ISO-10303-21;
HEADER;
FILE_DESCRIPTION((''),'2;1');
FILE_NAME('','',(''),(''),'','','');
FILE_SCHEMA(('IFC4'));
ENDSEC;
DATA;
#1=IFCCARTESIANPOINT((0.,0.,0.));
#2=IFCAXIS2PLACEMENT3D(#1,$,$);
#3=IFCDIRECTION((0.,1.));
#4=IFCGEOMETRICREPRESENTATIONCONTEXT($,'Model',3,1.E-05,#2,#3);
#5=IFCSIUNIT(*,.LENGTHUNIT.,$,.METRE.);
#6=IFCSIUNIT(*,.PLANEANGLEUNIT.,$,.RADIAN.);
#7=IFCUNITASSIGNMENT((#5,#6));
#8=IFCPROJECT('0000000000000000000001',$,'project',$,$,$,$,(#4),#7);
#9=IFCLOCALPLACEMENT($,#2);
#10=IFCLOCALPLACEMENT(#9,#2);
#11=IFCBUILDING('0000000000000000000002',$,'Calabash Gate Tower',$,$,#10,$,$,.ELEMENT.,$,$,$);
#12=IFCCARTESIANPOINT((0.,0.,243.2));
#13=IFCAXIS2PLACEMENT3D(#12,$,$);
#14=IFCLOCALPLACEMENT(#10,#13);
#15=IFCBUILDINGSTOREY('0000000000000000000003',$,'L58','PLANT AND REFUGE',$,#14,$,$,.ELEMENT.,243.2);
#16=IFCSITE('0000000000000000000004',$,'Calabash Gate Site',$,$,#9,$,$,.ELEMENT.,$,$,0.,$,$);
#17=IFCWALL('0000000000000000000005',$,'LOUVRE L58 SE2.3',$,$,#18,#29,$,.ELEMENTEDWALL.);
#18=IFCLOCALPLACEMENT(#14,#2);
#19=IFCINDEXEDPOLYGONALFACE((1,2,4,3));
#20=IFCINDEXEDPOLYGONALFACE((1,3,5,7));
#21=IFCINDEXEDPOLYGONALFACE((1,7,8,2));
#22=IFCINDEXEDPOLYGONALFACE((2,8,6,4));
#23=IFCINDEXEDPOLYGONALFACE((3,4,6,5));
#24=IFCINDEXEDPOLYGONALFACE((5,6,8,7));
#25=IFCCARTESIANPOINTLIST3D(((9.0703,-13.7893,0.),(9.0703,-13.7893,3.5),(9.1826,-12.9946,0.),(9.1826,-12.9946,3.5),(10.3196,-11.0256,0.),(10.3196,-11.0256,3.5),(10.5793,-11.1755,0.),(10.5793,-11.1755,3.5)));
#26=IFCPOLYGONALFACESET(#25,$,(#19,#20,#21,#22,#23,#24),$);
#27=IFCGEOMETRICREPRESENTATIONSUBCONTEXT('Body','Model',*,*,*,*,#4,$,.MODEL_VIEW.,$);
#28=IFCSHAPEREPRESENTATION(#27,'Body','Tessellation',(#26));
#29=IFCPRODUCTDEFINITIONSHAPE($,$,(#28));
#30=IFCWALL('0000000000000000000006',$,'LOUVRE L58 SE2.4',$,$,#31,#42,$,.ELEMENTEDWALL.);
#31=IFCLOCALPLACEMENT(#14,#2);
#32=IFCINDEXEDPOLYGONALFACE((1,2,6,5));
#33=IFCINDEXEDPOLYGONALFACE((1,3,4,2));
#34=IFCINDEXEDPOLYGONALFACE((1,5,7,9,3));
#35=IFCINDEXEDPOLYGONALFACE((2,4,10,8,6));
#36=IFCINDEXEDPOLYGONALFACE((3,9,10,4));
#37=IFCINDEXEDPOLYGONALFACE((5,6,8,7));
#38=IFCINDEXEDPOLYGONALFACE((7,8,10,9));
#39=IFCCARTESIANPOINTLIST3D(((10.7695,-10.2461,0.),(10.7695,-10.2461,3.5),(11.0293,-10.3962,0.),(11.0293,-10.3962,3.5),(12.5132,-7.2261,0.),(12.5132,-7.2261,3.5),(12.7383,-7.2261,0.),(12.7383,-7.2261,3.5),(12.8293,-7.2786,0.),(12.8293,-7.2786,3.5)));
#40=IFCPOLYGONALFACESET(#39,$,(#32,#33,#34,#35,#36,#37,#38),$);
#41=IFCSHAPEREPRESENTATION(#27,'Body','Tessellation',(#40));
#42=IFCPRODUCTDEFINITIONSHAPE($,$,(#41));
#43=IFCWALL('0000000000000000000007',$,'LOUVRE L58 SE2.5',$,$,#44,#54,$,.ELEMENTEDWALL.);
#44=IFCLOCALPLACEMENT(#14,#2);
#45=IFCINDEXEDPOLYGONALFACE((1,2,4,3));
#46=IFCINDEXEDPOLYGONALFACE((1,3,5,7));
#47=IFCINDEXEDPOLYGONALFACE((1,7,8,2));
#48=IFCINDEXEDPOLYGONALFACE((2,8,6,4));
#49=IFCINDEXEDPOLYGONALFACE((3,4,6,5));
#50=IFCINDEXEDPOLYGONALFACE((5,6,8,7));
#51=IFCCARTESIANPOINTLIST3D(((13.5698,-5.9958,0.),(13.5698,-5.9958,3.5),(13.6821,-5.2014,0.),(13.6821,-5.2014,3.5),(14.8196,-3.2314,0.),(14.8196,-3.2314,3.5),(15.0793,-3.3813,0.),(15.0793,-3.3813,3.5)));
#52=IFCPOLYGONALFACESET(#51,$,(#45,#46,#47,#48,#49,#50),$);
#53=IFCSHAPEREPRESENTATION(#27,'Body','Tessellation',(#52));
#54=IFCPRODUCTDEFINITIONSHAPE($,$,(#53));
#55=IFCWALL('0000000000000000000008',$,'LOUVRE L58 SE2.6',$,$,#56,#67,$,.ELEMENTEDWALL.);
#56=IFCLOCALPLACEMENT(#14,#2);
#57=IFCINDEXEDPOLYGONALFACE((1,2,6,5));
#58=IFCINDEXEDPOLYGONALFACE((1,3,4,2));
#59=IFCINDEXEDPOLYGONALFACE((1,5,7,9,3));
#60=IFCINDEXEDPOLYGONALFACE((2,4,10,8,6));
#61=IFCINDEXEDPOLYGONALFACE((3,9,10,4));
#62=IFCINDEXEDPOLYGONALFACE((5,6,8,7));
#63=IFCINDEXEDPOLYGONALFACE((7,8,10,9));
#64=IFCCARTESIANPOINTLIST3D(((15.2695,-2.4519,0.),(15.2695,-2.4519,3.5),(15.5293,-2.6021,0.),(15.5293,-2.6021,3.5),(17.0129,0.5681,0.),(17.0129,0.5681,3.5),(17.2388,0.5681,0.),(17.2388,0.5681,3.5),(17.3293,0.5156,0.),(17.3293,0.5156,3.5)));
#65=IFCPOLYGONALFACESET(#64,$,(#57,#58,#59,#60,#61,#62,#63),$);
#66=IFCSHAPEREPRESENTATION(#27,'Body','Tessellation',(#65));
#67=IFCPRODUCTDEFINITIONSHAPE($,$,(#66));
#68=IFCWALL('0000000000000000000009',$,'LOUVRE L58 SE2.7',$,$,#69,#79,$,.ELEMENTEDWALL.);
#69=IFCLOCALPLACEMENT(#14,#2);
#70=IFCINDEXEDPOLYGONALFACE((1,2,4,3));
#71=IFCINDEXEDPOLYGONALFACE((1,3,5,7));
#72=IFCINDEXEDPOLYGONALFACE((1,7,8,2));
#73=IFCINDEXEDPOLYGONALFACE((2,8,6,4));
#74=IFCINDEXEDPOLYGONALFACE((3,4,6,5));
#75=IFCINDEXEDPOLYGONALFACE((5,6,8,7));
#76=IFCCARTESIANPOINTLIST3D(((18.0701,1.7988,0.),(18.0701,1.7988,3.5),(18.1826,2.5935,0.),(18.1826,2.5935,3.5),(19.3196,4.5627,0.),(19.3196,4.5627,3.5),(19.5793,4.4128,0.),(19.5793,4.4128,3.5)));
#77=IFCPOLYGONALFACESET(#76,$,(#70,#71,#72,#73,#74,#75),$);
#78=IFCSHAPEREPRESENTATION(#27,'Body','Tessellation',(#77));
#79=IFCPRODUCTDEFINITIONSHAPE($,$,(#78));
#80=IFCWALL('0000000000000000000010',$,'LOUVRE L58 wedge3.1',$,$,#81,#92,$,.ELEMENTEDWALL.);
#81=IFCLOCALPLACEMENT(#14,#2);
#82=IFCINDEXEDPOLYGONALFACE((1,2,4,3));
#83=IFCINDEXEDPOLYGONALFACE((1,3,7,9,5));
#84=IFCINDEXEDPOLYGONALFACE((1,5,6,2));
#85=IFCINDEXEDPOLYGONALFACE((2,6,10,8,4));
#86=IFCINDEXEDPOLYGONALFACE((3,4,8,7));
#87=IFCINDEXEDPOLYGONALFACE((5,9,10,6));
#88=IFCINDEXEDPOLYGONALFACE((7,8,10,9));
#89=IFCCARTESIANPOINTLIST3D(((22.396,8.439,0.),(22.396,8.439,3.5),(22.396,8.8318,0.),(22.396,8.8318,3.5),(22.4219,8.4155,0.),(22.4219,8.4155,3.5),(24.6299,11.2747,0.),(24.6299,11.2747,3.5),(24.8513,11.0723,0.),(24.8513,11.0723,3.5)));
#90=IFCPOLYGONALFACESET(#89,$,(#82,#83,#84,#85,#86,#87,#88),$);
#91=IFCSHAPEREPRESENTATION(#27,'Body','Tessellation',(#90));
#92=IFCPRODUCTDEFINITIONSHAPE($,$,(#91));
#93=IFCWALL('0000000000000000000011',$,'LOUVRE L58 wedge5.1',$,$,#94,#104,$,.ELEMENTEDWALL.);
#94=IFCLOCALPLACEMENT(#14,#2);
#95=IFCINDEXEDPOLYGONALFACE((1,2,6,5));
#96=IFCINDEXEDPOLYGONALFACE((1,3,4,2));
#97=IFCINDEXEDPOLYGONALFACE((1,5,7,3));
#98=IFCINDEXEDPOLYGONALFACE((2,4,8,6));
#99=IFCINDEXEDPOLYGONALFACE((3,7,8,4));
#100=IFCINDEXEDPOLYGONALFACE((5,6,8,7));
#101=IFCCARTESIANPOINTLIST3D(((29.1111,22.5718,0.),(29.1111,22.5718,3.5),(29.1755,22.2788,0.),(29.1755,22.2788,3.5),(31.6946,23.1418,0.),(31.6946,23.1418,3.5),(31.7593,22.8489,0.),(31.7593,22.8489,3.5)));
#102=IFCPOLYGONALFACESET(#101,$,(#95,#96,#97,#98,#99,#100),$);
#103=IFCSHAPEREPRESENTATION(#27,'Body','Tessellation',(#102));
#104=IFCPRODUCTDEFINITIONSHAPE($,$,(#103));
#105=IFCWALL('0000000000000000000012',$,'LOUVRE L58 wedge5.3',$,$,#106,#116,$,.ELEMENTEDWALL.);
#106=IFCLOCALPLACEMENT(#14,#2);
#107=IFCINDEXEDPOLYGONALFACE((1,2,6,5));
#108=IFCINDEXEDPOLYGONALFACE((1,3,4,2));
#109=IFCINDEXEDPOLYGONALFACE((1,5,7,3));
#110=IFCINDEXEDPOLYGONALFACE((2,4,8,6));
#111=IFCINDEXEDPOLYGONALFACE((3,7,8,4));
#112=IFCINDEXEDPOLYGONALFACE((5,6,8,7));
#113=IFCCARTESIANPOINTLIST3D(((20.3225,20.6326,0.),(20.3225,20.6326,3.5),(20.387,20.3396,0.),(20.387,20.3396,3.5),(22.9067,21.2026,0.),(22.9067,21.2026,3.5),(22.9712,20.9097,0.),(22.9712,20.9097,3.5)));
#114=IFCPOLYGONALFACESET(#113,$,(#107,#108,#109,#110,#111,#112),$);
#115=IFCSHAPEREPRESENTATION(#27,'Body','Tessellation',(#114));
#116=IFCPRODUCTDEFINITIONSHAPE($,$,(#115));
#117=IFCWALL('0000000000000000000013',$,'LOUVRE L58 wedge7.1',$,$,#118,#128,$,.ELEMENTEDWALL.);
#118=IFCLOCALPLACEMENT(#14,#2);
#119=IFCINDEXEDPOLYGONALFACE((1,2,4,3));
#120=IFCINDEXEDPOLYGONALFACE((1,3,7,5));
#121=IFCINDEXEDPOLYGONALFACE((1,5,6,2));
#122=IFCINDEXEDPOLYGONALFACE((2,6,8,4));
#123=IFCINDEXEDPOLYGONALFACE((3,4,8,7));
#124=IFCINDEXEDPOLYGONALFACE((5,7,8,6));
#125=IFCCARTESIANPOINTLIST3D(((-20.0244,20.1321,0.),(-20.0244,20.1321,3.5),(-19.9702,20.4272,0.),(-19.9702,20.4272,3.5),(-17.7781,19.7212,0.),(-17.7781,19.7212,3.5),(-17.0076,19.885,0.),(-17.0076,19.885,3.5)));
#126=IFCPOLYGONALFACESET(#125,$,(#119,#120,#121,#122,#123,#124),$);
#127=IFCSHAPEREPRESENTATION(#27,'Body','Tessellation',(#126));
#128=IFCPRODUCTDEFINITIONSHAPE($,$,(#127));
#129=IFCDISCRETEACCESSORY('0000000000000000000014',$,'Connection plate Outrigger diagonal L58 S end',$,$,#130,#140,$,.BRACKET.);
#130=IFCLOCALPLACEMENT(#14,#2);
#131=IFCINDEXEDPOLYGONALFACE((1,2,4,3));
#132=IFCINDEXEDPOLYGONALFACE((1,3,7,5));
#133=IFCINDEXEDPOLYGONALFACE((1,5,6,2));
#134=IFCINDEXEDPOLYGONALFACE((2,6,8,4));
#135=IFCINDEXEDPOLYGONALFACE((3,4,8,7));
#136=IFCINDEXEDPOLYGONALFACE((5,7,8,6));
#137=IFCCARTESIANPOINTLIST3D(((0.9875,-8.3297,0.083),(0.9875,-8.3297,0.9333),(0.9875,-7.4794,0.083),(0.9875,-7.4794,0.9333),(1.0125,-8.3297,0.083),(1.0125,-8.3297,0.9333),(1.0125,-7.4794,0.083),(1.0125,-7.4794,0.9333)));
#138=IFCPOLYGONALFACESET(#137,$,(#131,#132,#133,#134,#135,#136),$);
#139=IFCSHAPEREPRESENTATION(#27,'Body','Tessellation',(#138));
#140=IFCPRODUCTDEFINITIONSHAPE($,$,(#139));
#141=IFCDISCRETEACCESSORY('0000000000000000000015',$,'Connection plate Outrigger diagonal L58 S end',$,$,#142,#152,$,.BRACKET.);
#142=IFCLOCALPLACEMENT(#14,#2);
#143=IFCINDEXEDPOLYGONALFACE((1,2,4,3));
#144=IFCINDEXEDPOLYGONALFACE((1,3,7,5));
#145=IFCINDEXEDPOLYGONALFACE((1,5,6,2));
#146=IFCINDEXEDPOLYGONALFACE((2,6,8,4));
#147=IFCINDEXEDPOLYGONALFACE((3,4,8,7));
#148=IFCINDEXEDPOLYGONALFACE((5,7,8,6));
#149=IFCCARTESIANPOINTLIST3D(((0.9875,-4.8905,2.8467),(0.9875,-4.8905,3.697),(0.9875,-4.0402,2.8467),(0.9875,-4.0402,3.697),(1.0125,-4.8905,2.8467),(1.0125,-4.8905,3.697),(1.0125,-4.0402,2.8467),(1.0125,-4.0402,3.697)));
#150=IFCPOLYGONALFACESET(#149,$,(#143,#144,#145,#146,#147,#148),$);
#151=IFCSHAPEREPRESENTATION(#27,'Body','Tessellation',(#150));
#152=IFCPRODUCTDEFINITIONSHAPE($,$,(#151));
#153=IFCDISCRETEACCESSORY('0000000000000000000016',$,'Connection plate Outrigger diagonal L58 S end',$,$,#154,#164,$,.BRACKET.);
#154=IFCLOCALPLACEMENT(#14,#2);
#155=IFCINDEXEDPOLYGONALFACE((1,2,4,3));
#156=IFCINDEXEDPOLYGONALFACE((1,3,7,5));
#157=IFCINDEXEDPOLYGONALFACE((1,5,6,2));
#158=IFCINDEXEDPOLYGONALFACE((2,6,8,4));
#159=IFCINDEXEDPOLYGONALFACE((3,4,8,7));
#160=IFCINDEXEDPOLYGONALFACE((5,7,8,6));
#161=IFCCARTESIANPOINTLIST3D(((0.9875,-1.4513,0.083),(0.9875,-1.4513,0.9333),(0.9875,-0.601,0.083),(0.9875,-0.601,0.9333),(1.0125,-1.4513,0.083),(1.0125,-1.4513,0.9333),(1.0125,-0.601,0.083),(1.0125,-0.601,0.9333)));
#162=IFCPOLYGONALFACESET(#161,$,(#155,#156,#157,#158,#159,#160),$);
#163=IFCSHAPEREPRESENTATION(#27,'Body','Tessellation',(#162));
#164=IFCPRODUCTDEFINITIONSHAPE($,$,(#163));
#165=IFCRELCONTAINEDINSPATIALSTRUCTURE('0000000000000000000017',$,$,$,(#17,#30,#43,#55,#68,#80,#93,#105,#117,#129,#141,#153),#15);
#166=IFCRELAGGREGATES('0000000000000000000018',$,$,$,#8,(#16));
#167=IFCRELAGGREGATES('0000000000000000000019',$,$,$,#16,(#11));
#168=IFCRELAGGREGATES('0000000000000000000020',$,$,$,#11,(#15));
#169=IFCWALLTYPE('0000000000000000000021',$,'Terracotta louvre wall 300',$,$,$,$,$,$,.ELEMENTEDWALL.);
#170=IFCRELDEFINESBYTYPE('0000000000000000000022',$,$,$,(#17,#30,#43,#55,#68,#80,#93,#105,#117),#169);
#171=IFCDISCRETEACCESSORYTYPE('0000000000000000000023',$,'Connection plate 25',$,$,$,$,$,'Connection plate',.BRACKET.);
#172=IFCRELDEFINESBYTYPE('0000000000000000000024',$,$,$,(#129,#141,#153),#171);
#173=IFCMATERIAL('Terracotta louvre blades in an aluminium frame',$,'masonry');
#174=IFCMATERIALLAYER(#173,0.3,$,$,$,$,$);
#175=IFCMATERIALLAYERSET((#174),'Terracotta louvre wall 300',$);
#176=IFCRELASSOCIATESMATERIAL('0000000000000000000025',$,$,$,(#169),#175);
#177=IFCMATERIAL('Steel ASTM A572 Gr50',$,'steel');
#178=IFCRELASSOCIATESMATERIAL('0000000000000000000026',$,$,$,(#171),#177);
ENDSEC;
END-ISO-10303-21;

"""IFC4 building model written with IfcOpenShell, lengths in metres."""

from ifc_helpers import new_model, si_unit, direction, frame, origin, origin_2d, place, context, subcontext, project, spatial, polyline, rectangle, outline, extrude, material, layer, layer_set, type_object, element, save


model = new_model("IFC4")

# Units and contexts
model_context = context("Model", 3, precision=1e-05, world=origin(), true_north=direction((0.0, 1.0)))
body_context = subcontext(model_context, "Body", "Model", "MODEL_VIEW")
ifc_project = project(units=[si_unit("LENGTHUNIT", "METRE"), si_unit("PLANEANGLEUNIT", "RADIAN")], contexts=[model_context])

# Site, building, storey
site_placement = place(None, origin())
site = spatial("IfcSite", under=ifc_project, at=site_placement, Name="Calabash Gate Site", CompositionType="ELEMENT", RefElevation=0.0)
building_placement = place(site_placement, origin())
building = spatial("IfcBuilding", under=site, at=building_placement, Name="Calabash Gate Tower", CompositionType="ELEMENT")
storey_placement = place(building_placement, frame((0.0, 0.0, 243.2)))
storey = spatial("IfcBuildingStorey", under=building, at=storey_placement, Name="L58", Description="PLANT AND REFUGE", CompositionType="ELEMENT", Elevation=243.2)

# Walls
ifc_material_1 = material(Name="Terracotta louvre blades in an aluminium frame", Category="masonry")
ifc_layer_1 = layer(ifc_material_1, 0.3)
ifc_layer_set_1 = layer_set([ifc_layer_1], Name="Terracotta louvre wall 300")
wall_type_1 = type_object("IfcWallType", Name="Terracotta louvre wall 300", PredefinedType="ELEMENTEDWALL", material=ifc_layer_set_1)
wall_1_placement = place(storey_placement, origin())
element("IfcWall", 1, at=wall_1_placement, inside=storey, type_object=wall_type_1, Name="LOUVRE L58 SE2.3", PredefinedType="ELEMENTEDWALL", context=body_context, shape_type="SweptSolid", body=[
    extrude(outline(polyline([(10.3196, -11.0256), (9.1826, -12.9946), (9.0703, -13.7893), (10.5793, -11.1755), (10.3196, -11.0256)])), origin(), (0.0, 0.0, 1.0), 3.5),
])
wall_2_placement = place(storey_placement, origin())
element("IfcWall", 2, at=wall_2_placement, inside=storey, type_object=wall_type_1, Name="LOUVRE L58 SE2.4", PredefinedType="ELEMENTEDWALL", context=body_context, shape_type="SweptSolid", body=[
    extrude(outline(polyline([(12.8293, -7.2786), (12.7383, -7.2261), (12.5132, -7.2261), (10.7695, -10.2461), (11.0293, -10.3962), (12.8293, -7.2786)])), origin(), (0.0, 0.0, 1.0), 3.5),
])
wall_3_placement = place(storey_placement, origin())
element("IfcWall", 3, at=wall_3_placement, inside=storey, type_object=wall_type_1, Name="LOUVRE L58 SE2.5", PredefinedType="ELEMENTEDWALL", context=body_context, shape_type="SweptSolid", body=[
    extrude(outline(polyline([(14.8196, -3.2314), (13.6821, -5.2014), (13.5698, -5.9958), (15.0793, -3.3813), (14.8196, -3.2314)])), origin(), (0.0, 0.0, 1.0), 3.5),
])
wall_4_placement = place(storey_placement, origin())
element("IfcWall", 4, at=wall_4_placement, inside=storey, type_object=wall_type_1, Name="LOUVRE L58 SE2.6", PredefinedType="ELEMENTEDWALL", context=body_context, shape_type="SweptSolid", body=[
    extrude(outline(polyline([(17.3293, 0.5156), (17.2388, 0.5681), (17.0129, 0.5681), (15.2695, -2.4519), (15.5293, -2.6021), (17.3293, 0.5156)])), origin(), (0.0, 0.0, 1.0), 3.5),
])
wall_5_placement = place(storey_placement, origin())
element("IfcWall", 5, at=wall_5_placement, inside=storey, type_object=wall_type_1, Name="LOUVRE L58 SE2.7", PredefinedType="ELEMENTEDWALL", context=body_context, shape_type="SweptSolid", body=[
    extrude(outline(polyline([(19.3196, 4.5627), (18.1826, 2.5935), (18.0701, 1.7988), (19.5793, 4.4128), (19.3196, 4.5627)])), origin(), (0.0, 0.0, 1.0), 3.5),
])
wall_6_placement = place(storey_placement, origin())
element("IfcWall", 6, at=wall_6_placement, inside=storey, type_object=wall_type_1, Name="LOUVRE L58 wedge3.1", PredefinedType="ELEMENTEDWALL", context=body_context, shape_type="SweptSolid", body=[
    extrude(outline(polyline([(24.6299, 11.2747), (22.396, 8.8318), (22.396, 8.439), (22.4219, 8.4155), (24.8513, 11.0723), (24.6299, 11.2747)])), origin(), (0.0, 0.0, 1.0), 3.5),
])
wall_7_placement = place(storey_placement, origin())
element("IfcWall", 7, at=wall_7_placement, inside=storey, type_object=wall_type_1, Name="LOUVRE L58 wedge5.1", PredefinedType="ELEMENTEDWALL", context=body_context, shape_type="SweptSolid", body=[
    extrude(outline(polyline([(29.1755, 22.2788), (31.7593, 22.8489), (31.6946, 23.1418), (29.1111, 22.5718), (29.1755, 22.2788)])), origin(), (0.0, 0.0, 1.0), 3.5),
])
wall_8_placement = place(storey_placement, origin())
element("IfcWall", 8, at=wall_8_placement, inside=storey, type_object=wall_type_1, Name="LOUVRE L58 wedge5.3", PredefinedType="ELEMENTEDWALL", context=body_context, shape_type="SweptSolid", body=[
    extrude(outline(polyline([(20.387, 20.3396), (22.9712, 20.9097), (22.9067, 21.2026), (20.3225, 20.6326), (20.387, 20.3396)])), origin(), (0.0, 0.0, 1.0), 3.5),
])
wall_9_placement = place(storey_placement, origin())
element("IfcWall", 9, at=wall_9_placement, inside=storey, type_object=wall_type_1, Name="LOUVRE L58 wedge7.1", PredefinedType="ELEMENTEDWALL", context=body_context, shape_type="SweptSolid", body=[
    extrude(outline(polyline([(-20.0244, 20.1321), (-17.7781, 19.7212), (-17.0076, 19.885), (-19.9702, 20.4272), (-20.0244, 20.1321)])), origin(), (0.0, 0.0, 1.0), 3.5),
])

# Discrete accessories
ifc_material_2 = material(Name="Steel ASTM A572 Gr50", Category="steel")
discrete_accessory_type = type_object("IfcDiscreteAccessoryType", Name="Connection plate 25", ElementType="Connection plate", PredefinedType="BRACKET", material=ifc_material_2)
for number, where, z_axis, x_axis, name in (
    (10, (1.0, -7.9045, 0.083), (0.0, 0.0, 1.0), (0.0, 1.0, 0.0), "Connection plate Outrigger diagonal L58 S end"),
    (11, (1.0, -4.4653, 2.8467), (0.0, 0.0, 1.0), (0.0, 1.0, 0.0), "Connection plate Outrigger diagonal L58 S end"),
    (12, (1.0, -1.0261, 0.083), (0.0, 0.0, 1.0), (0.0, 1.0, 0.0), "Connection plate Outrigger diagonal L58 S end"),
):
    element("IfcDiscreteAccessory", number, at=place(storey_placement, frame(where, z_axis=z_axis, x_axis=x_axis)), inside=storey, type_object=discrete_accessory_type, Name=name, PredefinedType="BRACKET", context=body_context, shape_type="SweptSolid", body=[
        extrude(rectangle(XDim=0.8503, YDim=0.0249, at=origin_2d()), origin(), (0.0, 0.0, 1.0), 0.8503),
    ])

save(model, "model.ifc")
